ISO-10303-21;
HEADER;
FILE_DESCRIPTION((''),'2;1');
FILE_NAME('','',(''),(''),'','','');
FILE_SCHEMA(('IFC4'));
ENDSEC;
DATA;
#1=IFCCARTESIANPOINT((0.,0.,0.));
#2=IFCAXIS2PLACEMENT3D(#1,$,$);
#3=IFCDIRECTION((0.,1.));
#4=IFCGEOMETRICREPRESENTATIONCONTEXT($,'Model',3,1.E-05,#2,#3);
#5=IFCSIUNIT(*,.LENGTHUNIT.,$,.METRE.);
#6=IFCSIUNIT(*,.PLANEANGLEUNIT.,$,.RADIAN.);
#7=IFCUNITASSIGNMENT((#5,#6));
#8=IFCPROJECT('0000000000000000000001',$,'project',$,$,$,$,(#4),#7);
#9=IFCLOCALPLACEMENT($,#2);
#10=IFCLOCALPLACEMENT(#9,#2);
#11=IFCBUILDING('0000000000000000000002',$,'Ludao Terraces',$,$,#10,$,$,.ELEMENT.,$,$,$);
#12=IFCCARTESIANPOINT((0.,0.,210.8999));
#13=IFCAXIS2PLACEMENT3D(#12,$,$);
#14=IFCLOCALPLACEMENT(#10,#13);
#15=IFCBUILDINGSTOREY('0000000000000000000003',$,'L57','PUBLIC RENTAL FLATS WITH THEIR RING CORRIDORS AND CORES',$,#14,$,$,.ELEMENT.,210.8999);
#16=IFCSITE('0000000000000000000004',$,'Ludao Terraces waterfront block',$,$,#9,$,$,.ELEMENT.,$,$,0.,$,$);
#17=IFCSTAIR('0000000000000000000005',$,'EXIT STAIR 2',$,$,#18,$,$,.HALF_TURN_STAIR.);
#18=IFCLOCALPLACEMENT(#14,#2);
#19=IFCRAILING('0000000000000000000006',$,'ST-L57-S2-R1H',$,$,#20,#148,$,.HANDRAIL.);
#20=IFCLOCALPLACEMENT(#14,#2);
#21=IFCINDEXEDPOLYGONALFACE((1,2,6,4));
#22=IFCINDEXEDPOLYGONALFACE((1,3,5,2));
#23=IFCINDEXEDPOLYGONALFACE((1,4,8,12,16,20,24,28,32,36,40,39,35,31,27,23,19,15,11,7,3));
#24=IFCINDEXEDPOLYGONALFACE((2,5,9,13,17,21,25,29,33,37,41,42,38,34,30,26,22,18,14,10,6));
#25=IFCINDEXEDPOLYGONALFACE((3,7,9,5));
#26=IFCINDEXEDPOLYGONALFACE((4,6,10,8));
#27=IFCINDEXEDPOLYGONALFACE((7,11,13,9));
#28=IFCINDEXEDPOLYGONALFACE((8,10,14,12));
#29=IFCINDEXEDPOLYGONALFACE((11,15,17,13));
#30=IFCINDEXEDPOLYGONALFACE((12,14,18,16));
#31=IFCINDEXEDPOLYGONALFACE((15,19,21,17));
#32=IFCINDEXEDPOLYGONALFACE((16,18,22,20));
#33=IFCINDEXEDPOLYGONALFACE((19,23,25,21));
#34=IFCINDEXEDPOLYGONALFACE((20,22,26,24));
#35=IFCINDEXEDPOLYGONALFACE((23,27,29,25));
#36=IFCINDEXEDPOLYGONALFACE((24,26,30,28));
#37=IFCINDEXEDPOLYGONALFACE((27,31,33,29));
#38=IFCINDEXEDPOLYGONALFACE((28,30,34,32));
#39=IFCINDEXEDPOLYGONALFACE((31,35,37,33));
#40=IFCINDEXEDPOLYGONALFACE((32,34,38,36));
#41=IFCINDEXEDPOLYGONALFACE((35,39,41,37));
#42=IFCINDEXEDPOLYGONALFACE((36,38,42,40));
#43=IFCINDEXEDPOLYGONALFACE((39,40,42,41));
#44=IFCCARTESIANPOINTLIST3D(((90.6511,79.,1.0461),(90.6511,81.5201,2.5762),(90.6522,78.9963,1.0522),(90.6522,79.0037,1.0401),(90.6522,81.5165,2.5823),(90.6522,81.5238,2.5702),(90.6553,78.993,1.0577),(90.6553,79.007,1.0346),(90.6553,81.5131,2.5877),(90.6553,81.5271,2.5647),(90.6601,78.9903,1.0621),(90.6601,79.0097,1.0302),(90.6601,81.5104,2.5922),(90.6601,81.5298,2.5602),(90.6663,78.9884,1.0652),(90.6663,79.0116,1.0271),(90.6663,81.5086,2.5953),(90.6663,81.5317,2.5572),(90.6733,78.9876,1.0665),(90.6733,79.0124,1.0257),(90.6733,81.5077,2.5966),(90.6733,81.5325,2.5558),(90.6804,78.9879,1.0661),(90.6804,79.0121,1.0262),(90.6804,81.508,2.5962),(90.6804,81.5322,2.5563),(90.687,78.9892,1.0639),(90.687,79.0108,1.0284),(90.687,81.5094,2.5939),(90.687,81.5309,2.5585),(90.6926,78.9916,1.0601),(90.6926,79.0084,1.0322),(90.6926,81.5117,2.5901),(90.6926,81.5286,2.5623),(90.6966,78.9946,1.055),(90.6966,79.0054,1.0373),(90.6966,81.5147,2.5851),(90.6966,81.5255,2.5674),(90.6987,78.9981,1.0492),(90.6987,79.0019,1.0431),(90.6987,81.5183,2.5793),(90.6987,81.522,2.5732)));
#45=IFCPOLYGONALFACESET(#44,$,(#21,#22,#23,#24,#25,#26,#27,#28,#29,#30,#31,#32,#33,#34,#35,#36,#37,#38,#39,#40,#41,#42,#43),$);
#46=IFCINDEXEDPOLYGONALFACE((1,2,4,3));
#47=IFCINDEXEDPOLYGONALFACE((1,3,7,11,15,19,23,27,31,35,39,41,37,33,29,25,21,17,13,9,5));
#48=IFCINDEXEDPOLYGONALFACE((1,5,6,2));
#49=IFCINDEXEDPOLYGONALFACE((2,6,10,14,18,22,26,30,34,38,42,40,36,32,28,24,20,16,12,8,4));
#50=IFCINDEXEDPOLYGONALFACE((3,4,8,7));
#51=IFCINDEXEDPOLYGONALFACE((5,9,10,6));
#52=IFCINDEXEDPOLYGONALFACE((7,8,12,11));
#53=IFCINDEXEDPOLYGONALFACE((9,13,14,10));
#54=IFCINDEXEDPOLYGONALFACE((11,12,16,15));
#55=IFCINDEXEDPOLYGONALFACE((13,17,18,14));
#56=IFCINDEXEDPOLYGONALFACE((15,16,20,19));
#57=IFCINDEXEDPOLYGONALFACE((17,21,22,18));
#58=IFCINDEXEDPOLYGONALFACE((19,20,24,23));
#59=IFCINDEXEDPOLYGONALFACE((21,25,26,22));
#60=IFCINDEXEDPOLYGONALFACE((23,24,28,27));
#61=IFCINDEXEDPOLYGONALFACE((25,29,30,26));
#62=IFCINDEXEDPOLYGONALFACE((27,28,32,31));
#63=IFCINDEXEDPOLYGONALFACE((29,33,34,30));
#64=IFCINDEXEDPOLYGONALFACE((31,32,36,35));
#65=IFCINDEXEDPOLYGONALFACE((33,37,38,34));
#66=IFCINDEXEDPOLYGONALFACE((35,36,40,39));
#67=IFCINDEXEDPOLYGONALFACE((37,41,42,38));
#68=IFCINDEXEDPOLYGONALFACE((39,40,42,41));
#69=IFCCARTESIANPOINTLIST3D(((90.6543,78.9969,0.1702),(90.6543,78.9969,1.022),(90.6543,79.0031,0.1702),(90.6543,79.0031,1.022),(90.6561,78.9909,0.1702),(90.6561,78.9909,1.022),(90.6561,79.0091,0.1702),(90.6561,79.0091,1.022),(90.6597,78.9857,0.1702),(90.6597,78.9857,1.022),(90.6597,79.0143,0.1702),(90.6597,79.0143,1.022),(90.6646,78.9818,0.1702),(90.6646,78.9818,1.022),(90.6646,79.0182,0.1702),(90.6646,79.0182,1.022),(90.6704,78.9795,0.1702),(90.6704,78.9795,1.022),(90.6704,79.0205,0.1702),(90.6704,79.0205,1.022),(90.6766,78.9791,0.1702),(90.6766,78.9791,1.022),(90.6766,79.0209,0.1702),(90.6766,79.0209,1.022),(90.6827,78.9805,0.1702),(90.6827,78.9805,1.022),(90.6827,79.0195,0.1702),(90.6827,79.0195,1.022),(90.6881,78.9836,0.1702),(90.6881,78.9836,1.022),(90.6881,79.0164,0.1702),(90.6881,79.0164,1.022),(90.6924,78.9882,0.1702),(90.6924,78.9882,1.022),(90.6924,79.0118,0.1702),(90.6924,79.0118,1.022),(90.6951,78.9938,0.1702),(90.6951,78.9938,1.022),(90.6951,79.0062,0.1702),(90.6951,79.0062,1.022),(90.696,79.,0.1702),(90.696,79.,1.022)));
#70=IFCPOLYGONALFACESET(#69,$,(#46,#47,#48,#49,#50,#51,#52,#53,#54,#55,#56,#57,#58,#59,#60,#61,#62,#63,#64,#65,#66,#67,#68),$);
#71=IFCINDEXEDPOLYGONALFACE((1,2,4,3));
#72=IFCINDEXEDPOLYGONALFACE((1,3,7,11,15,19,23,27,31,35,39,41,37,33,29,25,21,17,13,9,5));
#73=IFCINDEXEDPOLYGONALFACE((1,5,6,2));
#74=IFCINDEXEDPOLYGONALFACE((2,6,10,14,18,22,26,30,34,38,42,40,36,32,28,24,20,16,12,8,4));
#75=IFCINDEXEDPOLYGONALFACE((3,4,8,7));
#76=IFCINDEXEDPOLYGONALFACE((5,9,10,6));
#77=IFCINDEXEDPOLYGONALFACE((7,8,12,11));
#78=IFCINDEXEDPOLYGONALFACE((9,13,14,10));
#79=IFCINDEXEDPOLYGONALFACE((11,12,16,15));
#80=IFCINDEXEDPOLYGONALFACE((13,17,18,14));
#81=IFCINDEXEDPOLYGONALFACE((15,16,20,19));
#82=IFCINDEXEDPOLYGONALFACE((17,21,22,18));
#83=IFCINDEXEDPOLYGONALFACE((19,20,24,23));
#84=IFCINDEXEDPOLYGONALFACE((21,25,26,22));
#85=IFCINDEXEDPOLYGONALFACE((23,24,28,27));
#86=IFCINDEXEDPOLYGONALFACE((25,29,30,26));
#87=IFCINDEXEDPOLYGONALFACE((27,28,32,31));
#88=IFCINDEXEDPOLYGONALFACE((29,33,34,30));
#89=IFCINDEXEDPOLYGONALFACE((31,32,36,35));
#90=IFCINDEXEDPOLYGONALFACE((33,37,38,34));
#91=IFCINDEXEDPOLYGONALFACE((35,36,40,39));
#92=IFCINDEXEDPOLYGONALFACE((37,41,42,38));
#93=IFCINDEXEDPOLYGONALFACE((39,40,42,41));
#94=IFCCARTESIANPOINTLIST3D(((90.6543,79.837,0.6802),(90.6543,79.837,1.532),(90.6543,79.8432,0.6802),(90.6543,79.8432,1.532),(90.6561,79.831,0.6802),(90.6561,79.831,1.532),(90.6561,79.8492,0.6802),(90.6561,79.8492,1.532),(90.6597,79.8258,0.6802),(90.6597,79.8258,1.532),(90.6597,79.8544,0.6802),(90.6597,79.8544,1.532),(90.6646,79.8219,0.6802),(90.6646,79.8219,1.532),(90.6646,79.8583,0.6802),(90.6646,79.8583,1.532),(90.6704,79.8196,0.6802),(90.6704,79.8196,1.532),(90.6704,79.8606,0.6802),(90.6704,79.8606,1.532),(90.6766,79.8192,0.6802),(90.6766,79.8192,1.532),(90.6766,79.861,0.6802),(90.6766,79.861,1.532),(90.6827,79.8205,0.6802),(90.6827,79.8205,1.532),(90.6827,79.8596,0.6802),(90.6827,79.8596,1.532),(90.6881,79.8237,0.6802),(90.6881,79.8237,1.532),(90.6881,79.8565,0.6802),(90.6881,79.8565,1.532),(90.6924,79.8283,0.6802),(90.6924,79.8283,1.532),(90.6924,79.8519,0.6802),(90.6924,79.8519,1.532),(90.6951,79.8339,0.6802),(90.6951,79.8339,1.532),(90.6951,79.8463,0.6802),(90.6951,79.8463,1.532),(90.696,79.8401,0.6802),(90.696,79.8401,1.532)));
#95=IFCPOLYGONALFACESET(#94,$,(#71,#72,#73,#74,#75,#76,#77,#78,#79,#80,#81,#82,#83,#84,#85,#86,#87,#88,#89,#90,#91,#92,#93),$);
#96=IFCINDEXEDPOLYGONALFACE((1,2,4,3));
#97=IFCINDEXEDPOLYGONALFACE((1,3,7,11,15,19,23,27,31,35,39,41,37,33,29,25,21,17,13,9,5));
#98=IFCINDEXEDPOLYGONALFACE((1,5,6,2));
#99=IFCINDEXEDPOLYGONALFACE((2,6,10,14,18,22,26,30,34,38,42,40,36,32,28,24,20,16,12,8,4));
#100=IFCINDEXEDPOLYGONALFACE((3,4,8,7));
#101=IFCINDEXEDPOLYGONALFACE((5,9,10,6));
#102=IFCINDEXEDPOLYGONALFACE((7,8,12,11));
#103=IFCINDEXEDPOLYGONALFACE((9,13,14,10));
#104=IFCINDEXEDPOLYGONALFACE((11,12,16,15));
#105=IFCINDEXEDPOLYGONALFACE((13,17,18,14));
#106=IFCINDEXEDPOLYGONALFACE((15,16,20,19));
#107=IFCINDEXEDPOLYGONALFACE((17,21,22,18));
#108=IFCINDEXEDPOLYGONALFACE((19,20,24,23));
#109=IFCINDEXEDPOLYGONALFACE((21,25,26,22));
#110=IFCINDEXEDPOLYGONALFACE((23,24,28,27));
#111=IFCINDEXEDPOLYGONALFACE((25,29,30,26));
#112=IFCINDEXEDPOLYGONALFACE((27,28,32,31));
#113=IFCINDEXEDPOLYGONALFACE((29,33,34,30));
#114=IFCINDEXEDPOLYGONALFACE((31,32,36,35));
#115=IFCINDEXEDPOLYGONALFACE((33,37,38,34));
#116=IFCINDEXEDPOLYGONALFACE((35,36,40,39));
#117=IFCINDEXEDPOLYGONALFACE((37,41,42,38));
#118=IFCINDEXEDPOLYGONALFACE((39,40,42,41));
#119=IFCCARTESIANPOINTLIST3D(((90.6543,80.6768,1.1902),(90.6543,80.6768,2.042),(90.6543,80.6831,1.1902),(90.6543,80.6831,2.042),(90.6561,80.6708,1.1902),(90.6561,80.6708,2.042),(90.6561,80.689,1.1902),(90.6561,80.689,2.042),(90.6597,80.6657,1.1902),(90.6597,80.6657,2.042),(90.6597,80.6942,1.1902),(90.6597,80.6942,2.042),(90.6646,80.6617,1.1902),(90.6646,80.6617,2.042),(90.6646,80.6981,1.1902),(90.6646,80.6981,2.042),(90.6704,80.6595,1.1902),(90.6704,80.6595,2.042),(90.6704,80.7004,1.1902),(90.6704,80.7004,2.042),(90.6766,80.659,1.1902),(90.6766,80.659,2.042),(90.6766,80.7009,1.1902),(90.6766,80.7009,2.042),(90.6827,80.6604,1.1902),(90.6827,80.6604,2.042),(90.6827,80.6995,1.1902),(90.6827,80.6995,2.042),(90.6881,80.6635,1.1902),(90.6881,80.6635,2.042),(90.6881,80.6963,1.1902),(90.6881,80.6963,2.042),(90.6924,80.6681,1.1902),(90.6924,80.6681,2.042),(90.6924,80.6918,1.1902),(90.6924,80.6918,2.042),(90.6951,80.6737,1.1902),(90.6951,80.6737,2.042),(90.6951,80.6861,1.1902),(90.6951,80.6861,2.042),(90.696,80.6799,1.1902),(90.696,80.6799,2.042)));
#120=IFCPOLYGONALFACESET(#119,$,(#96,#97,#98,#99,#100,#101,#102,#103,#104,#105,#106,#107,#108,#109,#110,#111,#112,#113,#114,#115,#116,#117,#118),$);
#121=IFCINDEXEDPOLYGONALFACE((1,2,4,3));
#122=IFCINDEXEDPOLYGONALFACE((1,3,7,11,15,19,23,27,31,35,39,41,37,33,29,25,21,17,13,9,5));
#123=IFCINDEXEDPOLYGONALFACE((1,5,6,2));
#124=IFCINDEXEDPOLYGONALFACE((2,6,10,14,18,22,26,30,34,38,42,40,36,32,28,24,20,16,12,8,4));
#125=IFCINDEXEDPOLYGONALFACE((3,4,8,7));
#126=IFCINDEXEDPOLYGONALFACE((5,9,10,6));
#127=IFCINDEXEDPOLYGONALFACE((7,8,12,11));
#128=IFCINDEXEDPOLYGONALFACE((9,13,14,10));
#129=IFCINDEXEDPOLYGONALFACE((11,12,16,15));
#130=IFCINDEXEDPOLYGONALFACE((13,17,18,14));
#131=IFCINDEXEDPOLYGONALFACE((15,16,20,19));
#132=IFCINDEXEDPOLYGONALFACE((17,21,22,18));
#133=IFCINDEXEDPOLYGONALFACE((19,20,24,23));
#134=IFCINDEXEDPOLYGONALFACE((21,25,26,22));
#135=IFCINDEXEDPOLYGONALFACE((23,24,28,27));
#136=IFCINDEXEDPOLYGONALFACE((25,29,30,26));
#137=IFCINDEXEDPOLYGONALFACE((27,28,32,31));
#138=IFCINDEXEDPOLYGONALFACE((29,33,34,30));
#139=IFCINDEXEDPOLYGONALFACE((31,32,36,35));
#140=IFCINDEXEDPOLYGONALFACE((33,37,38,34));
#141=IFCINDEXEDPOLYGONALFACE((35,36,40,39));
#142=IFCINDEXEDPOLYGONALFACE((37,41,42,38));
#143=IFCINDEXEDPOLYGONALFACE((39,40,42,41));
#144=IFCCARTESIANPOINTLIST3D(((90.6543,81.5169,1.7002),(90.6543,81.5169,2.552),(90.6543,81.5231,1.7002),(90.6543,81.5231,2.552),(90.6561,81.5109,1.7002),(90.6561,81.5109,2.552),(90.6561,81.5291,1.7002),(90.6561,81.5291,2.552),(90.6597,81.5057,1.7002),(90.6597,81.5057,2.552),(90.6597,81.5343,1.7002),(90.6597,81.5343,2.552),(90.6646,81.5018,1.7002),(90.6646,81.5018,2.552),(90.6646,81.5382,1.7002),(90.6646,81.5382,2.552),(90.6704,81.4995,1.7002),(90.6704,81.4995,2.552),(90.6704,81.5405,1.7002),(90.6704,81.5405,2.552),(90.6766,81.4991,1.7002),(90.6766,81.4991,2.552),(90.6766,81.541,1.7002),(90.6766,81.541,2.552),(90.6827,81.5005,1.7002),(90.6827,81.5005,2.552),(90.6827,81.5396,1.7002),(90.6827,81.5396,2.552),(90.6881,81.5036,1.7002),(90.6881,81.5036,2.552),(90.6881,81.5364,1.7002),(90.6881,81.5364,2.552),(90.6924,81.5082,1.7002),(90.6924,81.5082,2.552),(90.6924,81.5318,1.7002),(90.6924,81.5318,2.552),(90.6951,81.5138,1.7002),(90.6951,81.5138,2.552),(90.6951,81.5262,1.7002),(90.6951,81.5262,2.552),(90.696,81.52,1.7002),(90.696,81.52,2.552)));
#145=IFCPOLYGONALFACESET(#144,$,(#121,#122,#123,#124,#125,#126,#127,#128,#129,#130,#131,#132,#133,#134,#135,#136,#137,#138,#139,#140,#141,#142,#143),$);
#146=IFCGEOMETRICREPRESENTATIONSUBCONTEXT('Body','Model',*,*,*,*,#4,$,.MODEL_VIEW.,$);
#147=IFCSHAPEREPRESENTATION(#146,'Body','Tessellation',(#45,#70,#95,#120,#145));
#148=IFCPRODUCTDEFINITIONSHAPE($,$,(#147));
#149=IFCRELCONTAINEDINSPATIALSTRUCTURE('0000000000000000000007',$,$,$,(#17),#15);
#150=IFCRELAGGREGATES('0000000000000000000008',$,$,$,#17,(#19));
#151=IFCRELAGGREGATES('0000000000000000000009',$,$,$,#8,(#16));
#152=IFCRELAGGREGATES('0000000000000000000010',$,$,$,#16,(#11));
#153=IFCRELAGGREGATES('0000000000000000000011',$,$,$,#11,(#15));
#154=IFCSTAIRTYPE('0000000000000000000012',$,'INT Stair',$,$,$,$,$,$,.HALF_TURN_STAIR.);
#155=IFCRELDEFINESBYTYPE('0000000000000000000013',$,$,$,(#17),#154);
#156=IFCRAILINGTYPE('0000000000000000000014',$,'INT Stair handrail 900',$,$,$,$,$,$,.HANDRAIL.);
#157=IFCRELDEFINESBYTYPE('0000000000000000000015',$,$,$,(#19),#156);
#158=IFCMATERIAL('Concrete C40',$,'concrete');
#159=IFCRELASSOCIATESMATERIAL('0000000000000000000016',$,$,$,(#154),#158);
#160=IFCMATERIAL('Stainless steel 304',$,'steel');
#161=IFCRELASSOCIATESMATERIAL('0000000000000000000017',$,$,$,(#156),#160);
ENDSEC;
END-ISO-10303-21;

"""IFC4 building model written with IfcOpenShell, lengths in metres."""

from ifc_helpers import new_model, si_unit, direction, frame, origin, origin_2d, place, context, subcontext, project, spatial, circle, extrude, material, type_object, element, aggregate, save


model = new_model("IFC4")

# Units and contexts
model_context = context("Model", 3, precision=1e-05, world=origin(), true_north=direction((0.0, 1.0)))
body_context = subcontext(model_context, "Body", "Model", "MODEL_VIEW")
ifc_project = project(units=[si_unit("LENGTHUNIT", "METRE"), si_unit("PLANEANGLEUNIT", "RADIAN")], contexts=[model_context])

# Site, building, storey
site_placement = place(None, origin())
site = spatial("IfcSite", under=ifc_project, at=site_placement, Name="Ludao Terraces waterfront block", CompositionType="ELEMENT", RefElevation=0.0)
building_placement = place(site_placement, origin())
building = spatial("IfcBuilding", under=site, at=building_placement, Name="Ludao Terraces", CompositionType="ELEMENT")
storey_placement = place(building_placement, frame((0.0, 0.0, 210.8999)))
storey = spatial("IfcBuildingStorey", under=building, at=storey_placement, Name="L57", Description="PUBLIC RENTAL FLATS WITH THEIR RING CORRIDORS AND CORES", CompositionType="ELEMENT", Elevation=210.8999)

# Stair, railing
ifc_material_1 = material(Name="Concrete C40", Category="concrete")
stair_type = type_object("IfcStairType", Name="INT Stair", PredefinedType="HALF_TURN_STAIR", material=ifc_material_1)
stair_placement = place(storey_placement, origin())
stair = element("IfcStair", 1, at=stair_placement, inside=storey, type_object=stair_type, Name="EXIT STAIR 2", PredefinedType="HALF_TURN_STAIR")
ifc_material_2 = material(Name="Stainless steel 304", Category="steel")
railing_type_1 = type_object("IfcRailingType", Name="INT Stair handrail 900", PredefinedType="HANDRAIL", material=ifc_material_2)
railing_1_placement = place(storey_placement, frame((90.675, 79.0, 0.1702)))
railing_1 = element("IfcRailing", 2, at=railing_1_placement, type_object=railing_type_1, Name="ST-L57-S2-R1H", PredefinedType="HANDRAIL", context=body_context, shape_type="SweptSolid", body=[
    extrude(circle(Radius=0.0239, at=origin_2d()), frame((0.0, 0.0, 0.876), z_axis=(0.0, 0.854785, 0.518982), x_axis=(-1.0, 0.0, 0.0)), (0.0, 0.0, 1.0), 2.9482),
    extrude(circle(Radius=0.021, at=origin_2d()), origin(), (0.0, 0.0, 1.0), 0.8518),
    extrude(circle(Radius=0.021, at=origin_2d()), frame((0.0, 0.8401, 0.51)), (0.0, 0.0, 1.0), 0.8518),
    extrude(circle(Radius=0.021, at=origin_2d()), frame((0.0, 1.6799, 1.02)), (0.0, 0.0, 1.0), 0.8518),
    extrude(circle(Radius=0.021, at=origin_2d()), frame((0.0, 2.52, 1.53)), (0.0, 0.0, 1.0), 0.8518),
])
aggregate(stair, [railing_1])

save(model, "model.ifc")
